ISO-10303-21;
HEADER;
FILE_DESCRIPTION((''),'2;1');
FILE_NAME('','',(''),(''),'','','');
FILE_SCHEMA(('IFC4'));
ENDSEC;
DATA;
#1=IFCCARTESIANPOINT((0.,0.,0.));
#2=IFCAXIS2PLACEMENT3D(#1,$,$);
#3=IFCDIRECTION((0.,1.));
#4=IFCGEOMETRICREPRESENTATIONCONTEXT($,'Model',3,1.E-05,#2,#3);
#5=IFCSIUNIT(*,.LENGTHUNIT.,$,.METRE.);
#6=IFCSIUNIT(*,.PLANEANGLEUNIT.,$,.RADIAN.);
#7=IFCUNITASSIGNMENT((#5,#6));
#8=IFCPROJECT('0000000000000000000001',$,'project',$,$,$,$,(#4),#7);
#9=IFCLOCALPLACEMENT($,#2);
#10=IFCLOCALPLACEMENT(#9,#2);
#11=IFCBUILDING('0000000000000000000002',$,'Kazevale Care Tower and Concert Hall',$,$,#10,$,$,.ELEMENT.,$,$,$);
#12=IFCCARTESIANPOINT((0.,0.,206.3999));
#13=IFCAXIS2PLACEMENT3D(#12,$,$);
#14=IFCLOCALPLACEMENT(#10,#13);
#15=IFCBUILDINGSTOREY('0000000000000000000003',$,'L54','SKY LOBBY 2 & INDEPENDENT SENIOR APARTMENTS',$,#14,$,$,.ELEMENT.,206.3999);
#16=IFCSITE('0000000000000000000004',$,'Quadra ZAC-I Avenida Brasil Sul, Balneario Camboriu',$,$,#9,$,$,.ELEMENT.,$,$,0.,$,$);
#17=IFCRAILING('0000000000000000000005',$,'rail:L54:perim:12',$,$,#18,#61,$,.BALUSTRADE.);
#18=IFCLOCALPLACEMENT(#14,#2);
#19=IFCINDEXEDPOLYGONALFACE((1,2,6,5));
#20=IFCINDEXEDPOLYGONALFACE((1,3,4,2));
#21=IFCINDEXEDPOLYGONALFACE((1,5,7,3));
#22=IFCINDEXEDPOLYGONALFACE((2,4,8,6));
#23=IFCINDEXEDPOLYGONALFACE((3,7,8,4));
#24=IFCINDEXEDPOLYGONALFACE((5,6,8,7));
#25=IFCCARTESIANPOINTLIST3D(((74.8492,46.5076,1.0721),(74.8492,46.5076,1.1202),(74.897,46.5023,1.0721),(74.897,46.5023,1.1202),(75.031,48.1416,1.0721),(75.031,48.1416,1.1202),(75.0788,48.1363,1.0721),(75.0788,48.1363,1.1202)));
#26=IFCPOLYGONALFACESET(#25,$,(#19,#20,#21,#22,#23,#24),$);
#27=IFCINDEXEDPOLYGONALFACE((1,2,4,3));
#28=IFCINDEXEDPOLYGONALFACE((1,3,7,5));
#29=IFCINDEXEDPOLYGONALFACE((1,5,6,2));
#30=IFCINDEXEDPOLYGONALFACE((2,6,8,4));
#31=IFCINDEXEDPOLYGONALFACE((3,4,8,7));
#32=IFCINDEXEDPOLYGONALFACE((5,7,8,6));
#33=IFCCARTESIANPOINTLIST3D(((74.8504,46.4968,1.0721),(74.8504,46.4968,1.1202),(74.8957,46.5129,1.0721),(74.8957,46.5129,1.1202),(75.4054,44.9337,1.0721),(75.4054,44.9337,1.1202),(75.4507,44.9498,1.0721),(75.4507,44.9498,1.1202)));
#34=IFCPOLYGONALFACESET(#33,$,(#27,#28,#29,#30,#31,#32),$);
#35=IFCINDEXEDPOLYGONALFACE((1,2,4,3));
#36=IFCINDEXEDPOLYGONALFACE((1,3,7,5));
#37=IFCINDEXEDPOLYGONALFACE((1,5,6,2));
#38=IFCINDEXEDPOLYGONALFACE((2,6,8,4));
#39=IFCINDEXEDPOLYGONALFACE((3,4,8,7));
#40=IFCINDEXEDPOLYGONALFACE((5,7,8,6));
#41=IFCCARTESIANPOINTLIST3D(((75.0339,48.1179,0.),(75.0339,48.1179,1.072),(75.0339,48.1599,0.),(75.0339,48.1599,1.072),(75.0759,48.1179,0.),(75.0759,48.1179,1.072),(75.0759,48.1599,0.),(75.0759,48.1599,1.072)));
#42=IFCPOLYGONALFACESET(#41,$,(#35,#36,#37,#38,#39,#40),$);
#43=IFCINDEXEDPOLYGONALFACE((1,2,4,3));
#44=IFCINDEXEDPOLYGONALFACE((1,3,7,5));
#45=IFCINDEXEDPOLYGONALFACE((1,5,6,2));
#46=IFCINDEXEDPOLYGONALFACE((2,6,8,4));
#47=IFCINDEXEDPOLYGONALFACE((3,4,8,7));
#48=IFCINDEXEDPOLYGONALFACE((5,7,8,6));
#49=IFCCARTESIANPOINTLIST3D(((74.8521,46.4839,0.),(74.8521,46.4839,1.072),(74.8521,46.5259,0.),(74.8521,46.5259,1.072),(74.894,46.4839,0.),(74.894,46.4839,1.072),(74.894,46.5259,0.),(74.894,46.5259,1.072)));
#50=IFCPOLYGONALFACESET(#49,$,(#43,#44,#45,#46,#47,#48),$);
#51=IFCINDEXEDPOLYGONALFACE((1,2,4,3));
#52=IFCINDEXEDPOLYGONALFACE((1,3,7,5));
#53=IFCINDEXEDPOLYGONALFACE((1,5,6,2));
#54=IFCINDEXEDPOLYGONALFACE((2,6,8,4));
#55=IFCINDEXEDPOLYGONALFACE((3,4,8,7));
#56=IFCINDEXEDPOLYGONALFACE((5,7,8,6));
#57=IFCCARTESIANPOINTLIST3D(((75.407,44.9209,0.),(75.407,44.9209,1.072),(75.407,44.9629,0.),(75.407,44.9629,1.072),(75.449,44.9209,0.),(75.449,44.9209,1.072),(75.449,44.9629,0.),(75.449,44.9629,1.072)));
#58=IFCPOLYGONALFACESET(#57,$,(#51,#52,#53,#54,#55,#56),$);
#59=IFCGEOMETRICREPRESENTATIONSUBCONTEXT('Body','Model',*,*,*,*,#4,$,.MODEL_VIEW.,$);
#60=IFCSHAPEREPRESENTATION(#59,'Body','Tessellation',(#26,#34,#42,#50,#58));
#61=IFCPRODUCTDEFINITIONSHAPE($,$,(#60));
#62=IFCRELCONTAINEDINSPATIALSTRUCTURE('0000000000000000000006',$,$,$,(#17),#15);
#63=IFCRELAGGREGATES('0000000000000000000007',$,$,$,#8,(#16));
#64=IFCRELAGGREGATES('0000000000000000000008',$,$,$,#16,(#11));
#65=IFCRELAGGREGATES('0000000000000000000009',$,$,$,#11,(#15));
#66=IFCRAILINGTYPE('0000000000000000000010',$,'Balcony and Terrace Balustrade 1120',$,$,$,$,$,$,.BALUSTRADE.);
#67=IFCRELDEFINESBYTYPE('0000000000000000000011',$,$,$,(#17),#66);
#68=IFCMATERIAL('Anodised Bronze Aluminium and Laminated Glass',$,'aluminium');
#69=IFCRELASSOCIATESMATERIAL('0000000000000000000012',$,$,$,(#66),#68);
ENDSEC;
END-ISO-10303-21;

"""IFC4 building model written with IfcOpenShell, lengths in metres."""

from ifc_helpers import new_model, si_unit, direction, frame, origin, origin_2d, place, context, subcontext, project, spatial, rectangle, extrude, material, type_object, element, save


model = new_model("IFC4")

# Units and contexts
model_context = context("Model", 3, precision=1e-05, world=origin(), true_north=direction((0.0, 1.0)))
body_context = subcontext(model_context, "Body", "Model", "MODEL_VIEW")
ifc_project = project(units=[si_unit("LENGTHUNIT", "METRE"), si_unit("PLANEANGLEUNIT", "RADIAN")], contexts=[model_context])

# Site, building, storey
site_placement = place(None, origin())
site = spatial("IfcSite", under=ifc_project, at=site_placement, Name="Quadra ZAC-I Avenida Brasil Sul, Balneario Camboriu", CompositionType="ELEMENT", RefElevation=0.0)
building_placement = place(site_placement, origin())
building = spatial("IfcBuilding", under=site, at=building_placement, Name="Kazevale Care Tower and Concert Hall", CompositionType="ELEMENT")
storey_placement = place(building_placement, frame((0.0, 0.0, 206.3999)))
storey = spatial("IfcBuildingStorey", under=building, at=storey_placement, Name="L54", Description="SKY LOBBY 2 & INDEPENDENT SENIOR APARTMENTS", CompositionType="ELEMENT", Elevation=206.3999)

# Railing
ifc_material_1 = material(Name="Anodised Bronze Aluminium and Laminated Glass", Category="aluminium")
railing_type = type_object("IfcRailingType", Name="Balcony and Terrace Balustrade 1120", PredefinedType="BALUSTRADE", material=ifc_material_1)
railing_1_placement = place(storey_placement, frame((75.0549, 48.1389, 0.0)))
element("IfcRailing", 1, at=railing_1_placement, inside=storey, type_object=railing_type, Name="rail:L54:perim:12", PredefinedType="BALUSTRADE", context=body_context, shape_type="SweptSolid", body=[
    extrude(rectangle(XDim=0.0481, YDim=0.0481, at=origin_2d()), frame((0.0, 0.0, 1.0962), z_axis=(-0.110627, -0.993862, 0.0), x_axis=(0.993862, -0.110627, 0.0)), (0.0, 0.0, 1.0), 1.644),
    extrude(rectangle(XDim=0.0481, YDim=0.0481, at=origin_2d()), frame((-0.1819, -1.634, 1.0962), z_axis=(0.334583, -0.942366, 0.0), x_axis=(0.942366, 0.334583, 0.0)), (0.0, 0.0, 1.0), 1.6587),
    extrude(rectangle(XDim=0.042, YDim=0.042, at=origin_2d()), origin(), (0.0, 0.0, 1.0), 1.072),
    extrude(rectangle(XDim=0.042, YDim=0.042, at=origin_2d()), frame((-0.1819, -1.634, 0.0)), (0.0, 0.0, 1.0), 1.072),
    extrude(rectangle(XDim=0.042, YDim=0.042, at=origin_2d()), frame((0.373, -3.197, 0.0)), (0.0, 0.0, 1.0), 1.072),
])

save(model, "model.ifc")
